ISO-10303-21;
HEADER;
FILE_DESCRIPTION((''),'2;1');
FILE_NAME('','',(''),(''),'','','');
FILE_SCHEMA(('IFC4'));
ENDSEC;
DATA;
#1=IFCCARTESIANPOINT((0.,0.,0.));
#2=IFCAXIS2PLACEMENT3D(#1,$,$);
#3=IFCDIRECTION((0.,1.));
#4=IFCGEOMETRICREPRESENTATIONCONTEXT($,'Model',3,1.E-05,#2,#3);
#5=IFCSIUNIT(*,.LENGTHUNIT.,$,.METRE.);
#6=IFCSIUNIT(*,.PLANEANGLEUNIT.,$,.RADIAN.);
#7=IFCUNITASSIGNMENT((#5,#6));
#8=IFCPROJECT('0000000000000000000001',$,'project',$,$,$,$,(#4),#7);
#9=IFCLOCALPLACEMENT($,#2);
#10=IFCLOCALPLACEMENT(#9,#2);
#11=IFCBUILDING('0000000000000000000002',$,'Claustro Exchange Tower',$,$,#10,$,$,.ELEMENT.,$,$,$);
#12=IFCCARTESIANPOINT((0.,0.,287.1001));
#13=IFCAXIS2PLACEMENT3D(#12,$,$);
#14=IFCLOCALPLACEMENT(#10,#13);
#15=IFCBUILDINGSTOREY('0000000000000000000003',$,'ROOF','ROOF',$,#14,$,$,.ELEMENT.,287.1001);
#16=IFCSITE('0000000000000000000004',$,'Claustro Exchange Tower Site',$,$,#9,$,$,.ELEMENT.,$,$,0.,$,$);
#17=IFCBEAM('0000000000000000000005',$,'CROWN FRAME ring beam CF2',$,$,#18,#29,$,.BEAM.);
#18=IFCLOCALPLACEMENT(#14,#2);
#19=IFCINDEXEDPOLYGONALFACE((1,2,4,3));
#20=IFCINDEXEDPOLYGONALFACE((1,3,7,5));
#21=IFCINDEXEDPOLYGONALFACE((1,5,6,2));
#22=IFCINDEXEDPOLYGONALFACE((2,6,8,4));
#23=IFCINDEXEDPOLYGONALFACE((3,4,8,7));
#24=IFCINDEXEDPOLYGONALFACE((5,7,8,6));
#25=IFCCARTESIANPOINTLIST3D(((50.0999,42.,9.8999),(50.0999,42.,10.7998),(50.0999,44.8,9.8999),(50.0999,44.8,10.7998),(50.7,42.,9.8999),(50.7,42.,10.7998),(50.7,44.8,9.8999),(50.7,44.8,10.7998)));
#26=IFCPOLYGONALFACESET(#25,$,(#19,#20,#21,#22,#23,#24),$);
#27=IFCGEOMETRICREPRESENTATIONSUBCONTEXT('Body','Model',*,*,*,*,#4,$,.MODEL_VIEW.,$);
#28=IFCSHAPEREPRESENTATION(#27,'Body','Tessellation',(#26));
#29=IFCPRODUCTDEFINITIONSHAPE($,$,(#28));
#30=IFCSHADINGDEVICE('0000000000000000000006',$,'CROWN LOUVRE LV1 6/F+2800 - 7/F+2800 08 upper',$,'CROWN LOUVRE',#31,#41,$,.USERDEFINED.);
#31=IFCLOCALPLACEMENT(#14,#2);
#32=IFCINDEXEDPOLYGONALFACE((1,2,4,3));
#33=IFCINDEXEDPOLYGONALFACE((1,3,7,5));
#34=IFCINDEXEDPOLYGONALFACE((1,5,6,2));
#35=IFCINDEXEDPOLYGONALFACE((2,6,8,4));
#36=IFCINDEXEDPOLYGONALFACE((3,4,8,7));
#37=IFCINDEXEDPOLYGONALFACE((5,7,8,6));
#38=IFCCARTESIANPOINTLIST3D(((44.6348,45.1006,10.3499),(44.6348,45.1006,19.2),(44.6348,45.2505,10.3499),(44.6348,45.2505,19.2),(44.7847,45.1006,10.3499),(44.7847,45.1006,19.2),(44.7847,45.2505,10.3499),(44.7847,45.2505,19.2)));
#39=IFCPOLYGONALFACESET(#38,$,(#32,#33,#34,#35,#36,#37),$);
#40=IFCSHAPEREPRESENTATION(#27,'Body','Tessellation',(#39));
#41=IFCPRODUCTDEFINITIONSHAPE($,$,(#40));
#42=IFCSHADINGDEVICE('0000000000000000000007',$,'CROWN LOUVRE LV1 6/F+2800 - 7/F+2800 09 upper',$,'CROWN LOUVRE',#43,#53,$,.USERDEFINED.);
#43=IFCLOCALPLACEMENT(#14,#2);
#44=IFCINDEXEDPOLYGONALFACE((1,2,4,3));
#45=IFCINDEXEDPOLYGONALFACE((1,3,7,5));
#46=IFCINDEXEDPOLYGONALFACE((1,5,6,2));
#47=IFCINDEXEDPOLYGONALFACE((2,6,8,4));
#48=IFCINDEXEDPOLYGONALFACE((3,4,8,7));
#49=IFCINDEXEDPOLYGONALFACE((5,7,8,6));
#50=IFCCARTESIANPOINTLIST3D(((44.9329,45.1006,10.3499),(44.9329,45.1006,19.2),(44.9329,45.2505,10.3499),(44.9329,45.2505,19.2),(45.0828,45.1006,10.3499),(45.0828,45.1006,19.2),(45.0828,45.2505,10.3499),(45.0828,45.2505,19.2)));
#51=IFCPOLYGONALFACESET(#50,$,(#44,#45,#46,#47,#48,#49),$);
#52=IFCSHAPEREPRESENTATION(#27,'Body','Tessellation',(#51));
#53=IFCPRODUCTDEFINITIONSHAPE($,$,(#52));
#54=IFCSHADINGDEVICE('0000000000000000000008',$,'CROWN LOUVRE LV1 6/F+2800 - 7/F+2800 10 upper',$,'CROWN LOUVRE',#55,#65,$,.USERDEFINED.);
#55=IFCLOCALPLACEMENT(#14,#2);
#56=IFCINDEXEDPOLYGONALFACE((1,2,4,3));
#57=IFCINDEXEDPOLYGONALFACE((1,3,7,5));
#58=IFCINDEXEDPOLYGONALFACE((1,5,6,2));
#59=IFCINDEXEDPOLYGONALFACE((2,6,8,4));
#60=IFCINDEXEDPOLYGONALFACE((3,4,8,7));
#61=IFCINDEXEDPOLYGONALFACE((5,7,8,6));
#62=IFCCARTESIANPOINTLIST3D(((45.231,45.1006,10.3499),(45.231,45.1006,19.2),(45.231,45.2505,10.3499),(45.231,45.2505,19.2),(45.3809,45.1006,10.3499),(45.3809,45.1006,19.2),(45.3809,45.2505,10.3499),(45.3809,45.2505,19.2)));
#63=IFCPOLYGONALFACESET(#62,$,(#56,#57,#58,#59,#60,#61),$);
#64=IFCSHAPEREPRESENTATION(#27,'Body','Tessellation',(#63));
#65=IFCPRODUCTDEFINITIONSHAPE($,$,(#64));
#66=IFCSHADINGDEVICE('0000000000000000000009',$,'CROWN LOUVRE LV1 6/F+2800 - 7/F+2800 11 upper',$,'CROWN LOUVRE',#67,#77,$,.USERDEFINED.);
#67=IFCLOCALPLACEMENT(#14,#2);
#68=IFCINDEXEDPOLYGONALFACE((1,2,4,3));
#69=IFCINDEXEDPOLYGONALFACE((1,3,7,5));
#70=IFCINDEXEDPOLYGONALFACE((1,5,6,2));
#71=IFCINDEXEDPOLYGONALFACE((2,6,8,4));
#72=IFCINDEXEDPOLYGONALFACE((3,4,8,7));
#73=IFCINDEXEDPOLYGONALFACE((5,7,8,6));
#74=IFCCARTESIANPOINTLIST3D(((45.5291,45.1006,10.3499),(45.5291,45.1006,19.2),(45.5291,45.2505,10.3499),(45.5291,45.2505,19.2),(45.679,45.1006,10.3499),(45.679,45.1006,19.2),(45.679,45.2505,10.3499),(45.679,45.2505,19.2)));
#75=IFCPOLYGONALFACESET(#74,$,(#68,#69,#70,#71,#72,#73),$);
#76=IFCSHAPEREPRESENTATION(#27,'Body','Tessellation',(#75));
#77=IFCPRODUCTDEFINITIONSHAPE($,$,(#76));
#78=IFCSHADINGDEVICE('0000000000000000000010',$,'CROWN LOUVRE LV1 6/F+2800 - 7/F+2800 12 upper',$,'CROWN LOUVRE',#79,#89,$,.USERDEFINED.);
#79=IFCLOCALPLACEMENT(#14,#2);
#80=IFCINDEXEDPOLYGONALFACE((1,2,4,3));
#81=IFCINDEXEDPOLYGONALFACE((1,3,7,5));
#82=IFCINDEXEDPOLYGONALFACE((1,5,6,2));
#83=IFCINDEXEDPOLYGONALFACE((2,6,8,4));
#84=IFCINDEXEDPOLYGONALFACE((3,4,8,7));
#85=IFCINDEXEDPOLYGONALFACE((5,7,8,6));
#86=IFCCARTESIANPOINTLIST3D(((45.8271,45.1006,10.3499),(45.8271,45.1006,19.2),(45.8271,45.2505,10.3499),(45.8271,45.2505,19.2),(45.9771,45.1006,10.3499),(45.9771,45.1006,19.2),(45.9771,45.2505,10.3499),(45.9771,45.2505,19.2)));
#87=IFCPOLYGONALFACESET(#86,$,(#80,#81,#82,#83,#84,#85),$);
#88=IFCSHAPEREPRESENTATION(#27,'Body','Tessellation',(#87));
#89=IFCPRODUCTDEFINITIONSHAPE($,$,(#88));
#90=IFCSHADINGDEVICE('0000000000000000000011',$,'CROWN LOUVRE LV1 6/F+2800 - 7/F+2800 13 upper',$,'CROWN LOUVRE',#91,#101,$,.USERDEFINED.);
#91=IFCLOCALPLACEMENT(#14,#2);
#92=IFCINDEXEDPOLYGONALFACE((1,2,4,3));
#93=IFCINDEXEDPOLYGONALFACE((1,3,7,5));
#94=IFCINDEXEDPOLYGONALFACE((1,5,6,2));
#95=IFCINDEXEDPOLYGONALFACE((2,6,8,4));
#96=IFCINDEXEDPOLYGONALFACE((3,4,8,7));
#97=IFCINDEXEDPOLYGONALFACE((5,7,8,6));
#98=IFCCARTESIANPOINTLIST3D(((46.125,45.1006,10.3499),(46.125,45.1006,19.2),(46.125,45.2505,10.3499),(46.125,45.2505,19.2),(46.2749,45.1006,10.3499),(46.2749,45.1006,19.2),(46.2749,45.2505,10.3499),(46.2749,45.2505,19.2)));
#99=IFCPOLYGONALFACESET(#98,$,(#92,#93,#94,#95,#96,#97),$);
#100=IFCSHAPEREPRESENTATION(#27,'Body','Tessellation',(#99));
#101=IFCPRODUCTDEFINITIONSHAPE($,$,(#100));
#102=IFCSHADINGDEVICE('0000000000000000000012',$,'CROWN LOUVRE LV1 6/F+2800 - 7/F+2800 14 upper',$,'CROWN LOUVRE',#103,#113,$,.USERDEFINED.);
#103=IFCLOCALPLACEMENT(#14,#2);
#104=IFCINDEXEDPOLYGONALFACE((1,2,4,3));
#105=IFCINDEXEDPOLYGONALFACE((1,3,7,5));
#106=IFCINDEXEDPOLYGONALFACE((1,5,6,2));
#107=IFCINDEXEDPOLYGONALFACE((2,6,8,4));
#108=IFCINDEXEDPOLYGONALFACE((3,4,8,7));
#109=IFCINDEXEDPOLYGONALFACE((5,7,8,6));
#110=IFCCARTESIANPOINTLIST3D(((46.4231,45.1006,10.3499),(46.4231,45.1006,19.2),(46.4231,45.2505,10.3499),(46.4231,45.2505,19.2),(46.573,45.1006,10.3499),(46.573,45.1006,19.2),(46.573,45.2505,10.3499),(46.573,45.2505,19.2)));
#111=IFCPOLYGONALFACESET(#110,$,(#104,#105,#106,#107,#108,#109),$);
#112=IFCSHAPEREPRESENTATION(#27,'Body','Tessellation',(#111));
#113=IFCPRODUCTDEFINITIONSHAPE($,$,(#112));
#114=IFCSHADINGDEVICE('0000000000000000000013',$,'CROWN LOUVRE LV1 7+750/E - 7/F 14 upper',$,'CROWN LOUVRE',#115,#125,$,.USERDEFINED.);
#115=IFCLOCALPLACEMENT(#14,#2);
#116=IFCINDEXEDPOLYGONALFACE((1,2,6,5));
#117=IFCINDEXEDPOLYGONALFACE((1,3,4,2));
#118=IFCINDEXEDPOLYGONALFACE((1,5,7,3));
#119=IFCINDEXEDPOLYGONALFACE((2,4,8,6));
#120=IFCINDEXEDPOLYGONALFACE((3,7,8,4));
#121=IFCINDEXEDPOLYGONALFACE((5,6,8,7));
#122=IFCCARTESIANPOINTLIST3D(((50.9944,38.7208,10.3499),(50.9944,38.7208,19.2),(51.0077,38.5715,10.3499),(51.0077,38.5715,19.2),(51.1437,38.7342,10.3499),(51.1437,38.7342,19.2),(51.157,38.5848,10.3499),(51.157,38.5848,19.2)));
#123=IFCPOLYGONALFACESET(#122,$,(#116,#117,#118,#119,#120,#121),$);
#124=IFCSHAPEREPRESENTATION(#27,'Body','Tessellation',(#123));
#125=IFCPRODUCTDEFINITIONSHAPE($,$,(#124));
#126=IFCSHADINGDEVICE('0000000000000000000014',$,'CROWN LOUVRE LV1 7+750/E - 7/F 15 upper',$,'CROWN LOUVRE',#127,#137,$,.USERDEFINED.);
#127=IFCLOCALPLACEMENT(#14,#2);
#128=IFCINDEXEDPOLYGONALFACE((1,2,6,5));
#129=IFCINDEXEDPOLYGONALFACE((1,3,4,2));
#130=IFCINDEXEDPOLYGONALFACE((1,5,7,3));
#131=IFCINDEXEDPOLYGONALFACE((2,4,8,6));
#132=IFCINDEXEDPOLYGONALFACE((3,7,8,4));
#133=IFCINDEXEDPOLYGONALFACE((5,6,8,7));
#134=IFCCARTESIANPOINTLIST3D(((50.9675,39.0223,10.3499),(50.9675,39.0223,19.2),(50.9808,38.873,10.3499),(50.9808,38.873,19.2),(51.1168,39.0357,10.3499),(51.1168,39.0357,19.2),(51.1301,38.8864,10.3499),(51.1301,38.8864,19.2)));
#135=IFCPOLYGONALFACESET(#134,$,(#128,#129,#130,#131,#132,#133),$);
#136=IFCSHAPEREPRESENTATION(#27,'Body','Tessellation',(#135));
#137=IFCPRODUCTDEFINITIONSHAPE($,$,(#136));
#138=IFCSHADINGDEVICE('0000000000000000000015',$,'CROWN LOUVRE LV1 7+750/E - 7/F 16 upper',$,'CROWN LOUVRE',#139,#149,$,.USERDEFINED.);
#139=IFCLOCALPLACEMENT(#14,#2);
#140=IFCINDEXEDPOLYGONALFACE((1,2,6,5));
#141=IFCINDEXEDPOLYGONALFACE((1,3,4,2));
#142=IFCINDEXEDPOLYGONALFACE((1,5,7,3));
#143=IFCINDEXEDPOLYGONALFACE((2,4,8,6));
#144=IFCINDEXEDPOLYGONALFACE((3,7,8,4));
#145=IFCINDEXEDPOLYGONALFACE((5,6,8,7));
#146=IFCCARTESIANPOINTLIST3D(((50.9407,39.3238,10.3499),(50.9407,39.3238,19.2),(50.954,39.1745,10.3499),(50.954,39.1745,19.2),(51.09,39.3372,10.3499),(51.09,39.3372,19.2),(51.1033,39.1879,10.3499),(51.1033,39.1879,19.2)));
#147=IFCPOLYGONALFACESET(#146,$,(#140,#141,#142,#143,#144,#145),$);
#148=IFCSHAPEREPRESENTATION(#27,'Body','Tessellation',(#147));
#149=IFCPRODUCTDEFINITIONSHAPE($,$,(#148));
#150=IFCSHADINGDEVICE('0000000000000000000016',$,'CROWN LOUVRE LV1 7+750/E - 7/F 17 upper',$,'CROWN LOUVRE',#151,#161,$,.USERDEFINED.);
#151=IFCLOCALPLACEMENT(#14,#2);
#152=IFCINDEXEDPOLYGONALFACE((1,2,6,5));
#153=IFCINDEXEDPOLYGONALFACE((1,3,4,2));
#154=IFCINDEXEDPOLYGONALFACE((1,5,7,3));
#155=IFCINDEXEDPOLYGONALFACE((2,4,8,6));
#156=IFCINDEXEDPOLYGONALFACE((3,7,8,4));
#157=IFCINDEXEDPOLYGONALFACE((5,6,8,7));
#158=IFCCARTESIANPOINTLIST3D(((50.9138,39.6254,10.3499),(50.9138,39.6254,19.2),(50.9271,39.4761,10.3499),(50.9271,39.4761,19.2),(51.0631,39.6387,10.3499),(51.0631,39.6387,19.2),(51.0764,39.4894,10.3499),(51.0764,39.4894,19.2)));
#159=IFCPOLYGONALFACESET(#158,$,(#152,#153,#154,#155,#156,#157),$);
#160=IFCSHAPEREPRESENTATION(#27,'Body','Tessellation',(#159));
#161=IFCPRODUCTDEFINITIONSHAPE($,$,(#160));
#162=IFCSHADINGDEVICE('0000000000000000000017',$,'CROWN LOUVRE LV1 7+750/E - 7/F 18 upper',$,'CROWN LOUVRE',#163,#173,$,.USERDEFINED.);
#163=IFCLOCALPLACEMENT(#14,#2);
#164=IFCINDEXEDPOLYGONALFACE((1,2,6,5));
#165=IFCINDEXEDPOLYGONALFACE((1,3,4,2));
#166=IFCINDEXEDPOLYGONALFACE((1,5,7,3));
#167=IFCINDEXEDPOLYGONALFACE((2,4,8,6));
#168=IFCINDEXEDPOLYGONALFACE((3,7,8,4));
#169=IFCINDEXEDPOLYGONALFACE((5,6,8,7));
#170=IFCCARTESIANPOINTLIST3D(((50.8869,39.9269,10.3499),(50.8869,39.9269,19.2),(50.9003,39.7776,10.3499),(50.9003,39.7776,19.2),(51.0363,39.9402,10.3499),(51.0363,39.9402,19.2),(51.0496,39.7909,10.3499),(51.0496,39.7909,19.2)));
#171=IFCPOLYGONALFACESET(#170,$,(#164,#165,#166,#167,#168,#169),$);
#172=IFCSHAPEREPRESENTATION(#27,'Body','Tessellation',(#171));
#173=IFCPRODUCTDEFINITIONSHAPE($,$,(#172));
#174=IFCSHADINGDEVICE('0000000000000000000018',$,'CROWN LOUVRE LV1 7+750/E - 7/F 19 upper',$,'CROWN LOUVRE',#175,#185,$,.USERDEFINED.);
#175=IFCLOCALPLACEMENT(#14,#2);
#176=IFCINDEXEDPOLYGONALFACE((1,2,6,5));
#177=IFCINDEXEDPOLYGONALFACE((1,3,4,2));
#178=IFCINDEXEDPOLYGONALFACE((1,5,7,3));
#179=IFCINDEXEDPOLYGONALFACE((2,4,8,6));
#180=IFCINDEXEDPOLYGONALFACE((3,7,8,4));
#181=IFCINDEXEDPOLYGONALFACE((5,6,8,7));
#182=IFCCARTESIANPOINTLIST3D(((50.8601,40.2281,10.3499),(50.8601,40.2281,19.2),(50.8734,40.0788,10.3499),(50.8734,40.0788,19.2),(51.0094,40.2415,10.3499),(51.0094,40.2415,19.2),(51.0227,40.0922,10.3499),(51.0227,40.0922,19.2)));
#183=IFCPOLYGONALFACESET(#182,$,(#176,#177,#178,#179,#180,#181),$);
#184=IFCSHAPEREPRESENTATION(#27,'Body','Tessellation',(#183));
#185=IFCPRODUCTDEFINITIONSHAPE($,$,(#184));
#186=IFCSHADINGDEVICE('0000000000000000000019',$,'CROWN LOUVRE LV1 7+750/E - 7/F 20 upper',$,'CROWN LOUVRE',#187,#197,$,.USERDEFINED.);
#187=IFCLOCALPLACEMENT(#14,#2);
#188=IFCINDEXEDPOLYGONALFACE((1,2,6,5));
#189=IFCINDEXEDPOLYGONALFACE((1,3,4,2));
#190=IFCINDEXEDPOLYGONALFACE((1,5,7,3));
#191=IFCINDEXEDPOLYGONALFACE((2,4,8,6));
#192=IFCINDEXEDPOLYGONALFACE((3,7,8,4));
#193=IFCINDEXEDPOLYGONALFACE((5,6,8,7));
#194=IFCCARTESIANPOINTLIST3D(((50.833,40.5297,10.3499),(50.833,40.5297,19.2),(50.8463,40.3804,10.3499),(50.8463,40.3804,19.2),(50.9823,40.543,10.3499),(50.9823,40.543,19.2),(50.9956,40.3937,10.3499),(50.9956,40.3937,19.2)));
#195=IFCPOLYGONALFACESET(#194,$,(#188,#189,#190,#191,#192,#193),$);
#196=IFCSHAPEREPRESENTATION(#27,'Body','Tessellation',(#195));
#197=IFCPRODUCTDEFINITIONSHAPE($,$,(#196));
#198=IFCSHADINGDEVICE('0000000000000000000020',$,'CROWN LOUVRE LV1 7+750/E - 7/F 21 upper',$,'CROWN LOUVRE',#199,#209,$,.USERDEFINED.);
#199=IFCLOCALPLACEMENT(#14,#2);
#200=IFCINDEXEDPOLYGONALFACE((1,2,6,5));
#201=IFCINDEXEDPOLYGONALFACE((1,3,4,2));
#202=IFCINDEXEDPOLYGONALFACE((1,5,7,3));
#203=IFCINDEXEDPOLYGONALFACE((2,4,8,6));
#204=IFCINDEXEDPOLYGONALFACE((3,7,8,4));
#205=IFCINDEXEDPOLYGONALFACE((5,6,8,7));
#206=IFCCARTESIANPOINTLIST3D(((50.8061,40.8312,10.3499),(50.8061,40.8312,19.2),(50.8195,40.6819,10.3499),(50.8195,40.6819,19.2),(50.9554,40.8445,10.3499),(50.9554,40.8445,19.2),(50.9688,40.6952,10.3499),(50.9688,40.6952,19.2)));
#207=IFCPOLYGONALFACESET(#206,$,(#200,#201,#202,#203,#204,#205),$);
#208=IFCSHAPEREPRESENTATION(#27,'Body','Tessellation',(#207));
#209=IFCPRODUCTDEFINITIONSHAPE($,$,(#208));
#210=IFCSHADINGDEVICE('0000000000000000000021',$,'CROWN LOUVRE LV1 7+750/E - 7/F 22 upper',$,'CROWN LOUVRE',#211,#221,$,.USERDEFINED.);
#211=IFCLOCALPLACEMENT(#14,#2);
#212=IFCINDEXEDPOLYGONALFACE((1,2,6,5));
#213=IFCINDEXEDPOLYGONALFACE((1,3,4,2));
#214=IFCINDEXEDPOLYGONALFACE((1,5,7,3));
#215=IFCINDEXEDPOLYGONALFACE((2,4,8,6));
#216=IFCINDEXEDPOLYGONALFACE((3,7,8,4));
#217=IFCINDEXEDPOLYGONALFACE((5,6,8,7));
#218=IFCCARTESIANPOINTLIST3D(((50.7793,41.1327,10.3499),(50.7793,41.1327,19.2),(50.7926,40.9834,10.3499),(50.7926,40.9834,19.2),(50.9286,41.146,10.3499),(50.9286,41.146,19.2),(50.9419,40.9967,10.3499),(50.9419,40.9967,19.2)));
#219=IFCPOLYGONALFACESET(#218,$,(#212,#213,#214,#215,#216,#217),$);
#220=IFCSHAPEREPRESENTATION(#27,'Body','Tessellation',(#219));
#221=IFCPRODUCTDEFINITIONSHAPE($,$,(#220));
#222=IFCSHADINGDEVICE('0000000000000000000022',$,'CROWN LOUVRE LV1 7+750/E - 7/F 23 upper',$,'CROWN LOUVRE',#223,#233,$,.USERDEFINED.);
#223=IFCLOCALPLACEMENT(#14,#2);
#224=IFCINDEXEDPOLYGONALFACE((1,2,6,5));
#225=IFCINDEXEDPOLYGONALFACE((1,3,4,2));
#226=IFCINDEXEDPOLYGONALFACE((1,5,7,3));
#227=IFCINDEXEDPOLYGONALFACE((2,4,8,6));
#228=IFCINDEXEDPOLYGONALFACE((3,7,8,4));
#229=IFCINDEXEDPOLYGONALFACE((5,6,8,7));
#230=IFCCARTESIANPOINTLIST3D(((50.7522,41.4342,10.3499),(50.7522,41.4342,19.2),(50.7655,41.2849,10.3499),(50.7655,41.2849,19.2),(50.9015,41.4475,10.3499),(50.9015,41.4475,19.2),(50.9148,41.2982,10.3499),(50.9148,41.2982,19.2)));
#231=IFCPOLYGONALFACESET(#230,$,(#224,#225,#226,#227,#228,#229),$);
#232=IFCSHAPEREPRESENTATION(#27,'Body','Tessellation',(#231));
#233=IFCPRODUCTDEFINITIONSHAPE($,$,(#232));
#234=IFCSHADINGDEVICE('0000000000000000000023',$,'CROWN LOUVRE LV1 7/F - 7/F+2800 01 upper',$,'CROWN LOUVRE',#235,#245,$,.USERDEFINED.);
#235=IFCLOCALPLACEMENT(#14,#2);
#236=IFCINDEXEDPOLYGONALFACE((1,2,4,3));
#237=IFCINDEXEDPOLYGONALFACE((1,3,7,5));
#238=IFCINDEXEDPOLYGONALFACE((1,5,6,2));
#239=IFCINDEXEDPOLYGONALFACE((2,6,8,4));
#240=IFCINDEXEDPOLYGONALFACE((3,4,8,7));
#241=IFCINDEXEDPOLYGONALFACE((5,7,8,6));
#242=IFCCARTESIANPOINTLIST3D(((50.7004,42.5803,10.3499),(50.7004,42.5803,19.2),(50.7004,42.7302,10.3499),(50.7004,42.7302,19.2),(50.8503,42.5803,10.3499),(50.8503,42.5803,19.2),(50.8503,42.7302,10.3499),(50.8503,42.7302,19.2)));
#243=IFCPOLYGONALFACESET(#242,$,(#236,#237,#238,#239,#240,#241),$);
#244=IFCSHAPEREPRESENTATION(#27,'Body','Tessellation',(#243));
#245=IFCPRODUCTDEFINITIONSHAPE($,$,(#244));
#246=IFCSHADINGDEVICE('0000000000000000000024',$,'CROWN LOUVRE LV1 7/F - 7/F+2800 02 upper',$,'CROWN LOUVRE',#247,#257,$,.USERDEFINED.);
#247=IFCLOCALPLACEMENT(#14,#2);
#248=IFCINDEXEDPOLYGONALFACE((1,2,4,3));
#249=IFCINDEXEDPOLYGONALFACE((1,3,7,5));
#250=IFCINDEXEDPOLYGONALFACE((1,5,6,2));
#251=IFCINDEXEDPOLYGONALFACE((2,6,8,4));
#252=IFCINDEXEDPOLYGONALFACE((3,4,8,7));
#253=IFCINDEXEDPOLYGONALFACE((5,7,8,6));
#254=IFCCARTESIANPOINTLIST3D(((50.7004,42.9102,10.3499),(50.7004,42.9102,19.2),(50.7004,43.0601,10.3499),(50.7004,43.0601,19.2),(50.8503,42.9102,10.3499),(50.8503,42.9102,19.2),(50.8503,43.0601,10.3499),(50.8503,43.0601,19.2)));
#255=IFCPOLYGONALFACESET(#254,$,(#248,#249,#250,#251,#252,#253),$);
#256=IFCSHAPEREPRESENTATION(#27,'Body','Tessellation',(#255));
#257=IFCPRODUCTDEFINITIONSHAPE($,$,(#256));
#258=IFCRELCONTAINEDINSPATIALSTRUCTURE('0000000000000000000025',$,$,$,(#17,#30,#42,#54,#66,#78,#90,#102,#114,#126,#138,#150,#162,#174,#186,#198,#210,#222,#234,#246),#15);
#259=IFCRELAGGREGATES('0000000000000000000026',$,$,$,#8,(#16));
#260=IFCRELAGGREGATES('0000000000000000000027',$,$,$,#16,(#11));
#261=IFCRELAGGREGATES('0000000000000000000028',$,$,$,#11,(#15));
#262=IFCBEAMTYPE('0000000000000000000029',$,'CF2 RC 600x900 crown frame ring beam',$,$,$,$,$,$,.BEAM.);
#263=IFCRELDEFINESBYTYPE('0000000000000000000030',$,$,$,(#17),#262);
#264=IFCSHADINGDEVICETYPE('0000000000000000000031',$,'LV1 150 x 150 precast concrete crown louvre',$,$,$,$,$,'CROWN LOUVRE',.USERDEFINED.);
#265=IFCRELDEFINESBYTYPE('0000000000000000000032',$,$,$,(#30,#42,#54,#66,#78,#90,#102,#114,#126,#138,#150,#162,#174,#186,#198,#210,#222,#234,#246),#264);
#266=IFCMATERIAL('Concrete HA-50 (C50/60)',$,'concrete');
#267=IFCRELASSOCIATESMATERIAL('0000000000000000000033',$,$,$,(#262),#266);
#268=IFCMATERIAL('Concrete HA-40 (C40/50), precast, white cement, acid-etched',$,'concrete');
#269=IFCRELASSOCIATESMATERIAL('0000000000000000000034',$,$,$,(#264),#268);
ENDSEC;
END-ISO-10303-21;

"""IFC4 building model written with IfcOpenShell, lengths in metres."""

from ifc_helpers import new_model, si_unit, direction, frame, origin, origin_2d, place, context, subcontext, project, spatial, rectangle, extrude, material, material_profile, profile_set, type_object, element, save


model = new_model("IFC4")

# Units and contexts
model_context = context("Model", 3, precision=1e-05, world=origin(), true_north=direction((0.0, 1.0)))
body_context = subcontext(model_context, "Body", "Model", "MODEL_VIEW")
ifc_project = project(units=[si_unit("LENGTHUNIT", "METRE"), si_unit("PLANEANGLEUNIT", "RADIAN")], contexts=[model_context])

# Site, building, storey
site_placement = place(None, origin())
site = spatial("IfcSite", under=ifc_project, at=site_placement, Name="Claustro Exchange Tower Site", CompositionType="ELEMENT", RefElevation=0.0)
building_placement = place(site_placement, origin())
building = spatial("IfcBuilding", under=site, at=building_placement, Name="Claustro Exchange Tower", CompositionType="ELEMENT")
storey_placement = place(building_placement, frame((0.0, 0.0, 287.1001)))
storey = spatial("IfcBuildingStorey", under=building, at=storey_placement, Name="ROOF", Description="ROOF", CompositionType="ELEMENT", Elevation=287.1001)

# Beam
ifc_material_1 = material(Name="Concrete HA-50 (C50/60)", Category="concrete")
ifc_material_profile = material_profile(ifc_material_1, rectangle(XDim=0.6001, YDim=0.8999, at=origin_2d()), Name="RC 600x900")
ifc_profile_set = profile_set([ifc_material_profile], Name="Concrete HA-50 (C50/60)")
beam_type = type_object("IfcBeamType", Name="CF2 RC 600x900 crown frame ring beam", PredefinedType="BEAM", material=ifc_profile_set)
beam_placement = place(storey_placement, frame((50.3999, 42.0, 10.3499), z_axis=(0.0, 1.0, 0.0), x_axis=(-1.0, 0.0, 0.0)))
element("IfcBeam", 1, at=beam_placement, inside=storey, type_object=beam_type, Name="CROWN FRAME ring beam CF2", PredefinedType="BEAM", context=body_context, shape_type="SweptSolid", body=[
    extrude(rectangle(XDim=0.6001, YDim=0.8999, at=origin_2d()), origin(), (0.0, 0.0, 1.0), 2.8),
])

# Shading devices
ifc_material_2 = material(Name="Concrete HA-40 (C40/50), precast, white cement, acid-etched", Category="concrete")
shading_device_type = type_object("IfcShadingDeviceType", Name="LV1 150 x 150 precast concrete crown louvre", ElementType="CROWN LOUVRE", PredefinedType="USERDEFINED", material=ifc_material_2)
for number, where, z_axis, x_axis, name in (
    (2, (44.7097, 45.1755, 10.3499), (0.0, 0.0, 1.0), (1.0, 0.0, 0.0), "CROWN LOUVRE LV1 6/F+2800 - 7/F+2800 08 upper"),
    (3, (45.0078, 45.1755, 10.3499), (0.0, 0.0, 1.0), (1.0, 0.0, 0.0), "CROWN LOUVRE LV1 6/F+2800 - 7/F+2800 09 upper"),
    (4, (45.3059, 45.1755, 10.3499), (0.0, 0.0, 1.0), (1.0, 0.0, 0.0), "CROWN LOUVRE LV1 6/F+2800 - 7/F+2800 10 upper"),
    (5, (45.604, 45.1755, 10.3499), (0.0, 0.0, 1.0), (1.0, 0.0, 0.0), "CROWN LOUVRE LV1 6/F+2800 - 7/F+2800 11 upper"),
    (6, (45.9021, 45.1755, 10.3499), (0.0, 0.0, 1.0), (1.0, 0.0, 0.0), "CROWN LOUVRE LV1 6/F+2800 - 7/F+2800 12 upper"),
    (7, (46.2, 45.1755, 10.3499), (0.0, 0.0, 1.0), (1.0, 0.0, 0.0), "CROWN LOUVRE LV1 6/F+2800 - 7/F+2800 13 upper"),
    (8, (46.498, 45.1755, 10.3499), (0.0, 0.0, 1.0), (1.0, 0.0, 0.0), "CROWN LOUVRE LV1 6/F+2800 - 7/F+2800 14 upper"),
    (9, (51.0757, 38.6528, 10.3499), (0.0, 0.0, 1.0), (-0.088933, 0.996038, 0.0), "CROWN LOUVRE LV1 7+750/E - 7/F 14 upper"),
    (10, (51.0488, 38.9543, 10.3499), (0.0, 0.0, 1.0), (-0.088933, 0.996038, 0.0), "CROWN LOUVRE LV1 7+750/E - 7/F 15 upper"),
    (11, (51.022, 39.2559, 10.3499), (0.0, 0.0, 1.0), (-0.088933, 0.996038, 0.0), "CROWN LOUVRE LV1 7+750/E - 7/F 16 upper"),
    (12, (50.9951, 39.5574, 10.3499), (0.0, 0.0, 1.0), (-0.088933, 0.996038, 0.0), "CROWN LOUVRE LV1 7+750/E - 7/F 17 upper"),
    (13, (50.9683, 39.8589, 10.3499), (0.0, 0.0, 1.0), (-0.088933, 0.996038, 0.0), "CROWN LOUVRE LV1 7+750/E - 7/F 18 upper"),
    (14, (50.9414, 40.1602, 10.3499), (0.0, 0.0, 1.0), (-0.088933, 0.996038, 0.0), "CROWN LOUVRE LV1 7+750/E - 7/F 19 upper"),
    (15, (50.9143, 40.4617, 10.3499), (0.0, 0.0, 1.0), (-0.088933, 0.996038, 0.0), "CROWN LOUVRE LV1 7+750/E - 7/F 20 upper"),
    (16, (50.8875, 40.7632, 10.3499), (0.0, 0.0, 1.0), (-0.088933, 0.996038, 0.0), "CROWN LOUVRE LV1 7+750/E - 7/F 21 upper"),
    (17, (50.8606, 41.0647, 10.3499), (0.0, 0.0, 1.0), (-0.088933, 0.996038, 0.0), "CROWN LOUVRE LV1 7+750/E - 7/F 22 upper"),
    (18, (50.8335, 41.3662, 10.3499), (0.0, 0.0, 1.0), (-0.088933, 0.996038, 0.0), "CROWN LOUVRE LV1 7+750/E - 7/F 23 upper"),
    (19, (50.7754, 42.6553, 10.3499), (0.0, 0.0, 1.0), (0.0, 1.0, 0.0), "CROWN LOUVRE LV1 7/F - 7/F+2800 01 upper"),
    (20, (50.7754, 42.9851, 10.3499), (0.0, 0.0, 1.0), (0.0, 1.0, 0.0), "CROWN LOUVRE LV1 7/F - 7/F+2800 02 upper"),
):
    element("IfcShadingDevice", number, at=place(storey_placement, frame(where, z_axis=z_axis, x_axis=x_axis)), inside=storey, type_object=shading_device_type, Name=name, ObjectType="CROWN LOUVRE", PredefinedType="USERDEFINED", context=body_context, shape_type="SweptSolid", body=[
        extrude(rectangle(XDim=0.1499, YDim=0.1499, at=origin_2d()), origin(), (0.0, 0.0, 1.0), 8.8501),
    ])

save(model, "model.ifc")
